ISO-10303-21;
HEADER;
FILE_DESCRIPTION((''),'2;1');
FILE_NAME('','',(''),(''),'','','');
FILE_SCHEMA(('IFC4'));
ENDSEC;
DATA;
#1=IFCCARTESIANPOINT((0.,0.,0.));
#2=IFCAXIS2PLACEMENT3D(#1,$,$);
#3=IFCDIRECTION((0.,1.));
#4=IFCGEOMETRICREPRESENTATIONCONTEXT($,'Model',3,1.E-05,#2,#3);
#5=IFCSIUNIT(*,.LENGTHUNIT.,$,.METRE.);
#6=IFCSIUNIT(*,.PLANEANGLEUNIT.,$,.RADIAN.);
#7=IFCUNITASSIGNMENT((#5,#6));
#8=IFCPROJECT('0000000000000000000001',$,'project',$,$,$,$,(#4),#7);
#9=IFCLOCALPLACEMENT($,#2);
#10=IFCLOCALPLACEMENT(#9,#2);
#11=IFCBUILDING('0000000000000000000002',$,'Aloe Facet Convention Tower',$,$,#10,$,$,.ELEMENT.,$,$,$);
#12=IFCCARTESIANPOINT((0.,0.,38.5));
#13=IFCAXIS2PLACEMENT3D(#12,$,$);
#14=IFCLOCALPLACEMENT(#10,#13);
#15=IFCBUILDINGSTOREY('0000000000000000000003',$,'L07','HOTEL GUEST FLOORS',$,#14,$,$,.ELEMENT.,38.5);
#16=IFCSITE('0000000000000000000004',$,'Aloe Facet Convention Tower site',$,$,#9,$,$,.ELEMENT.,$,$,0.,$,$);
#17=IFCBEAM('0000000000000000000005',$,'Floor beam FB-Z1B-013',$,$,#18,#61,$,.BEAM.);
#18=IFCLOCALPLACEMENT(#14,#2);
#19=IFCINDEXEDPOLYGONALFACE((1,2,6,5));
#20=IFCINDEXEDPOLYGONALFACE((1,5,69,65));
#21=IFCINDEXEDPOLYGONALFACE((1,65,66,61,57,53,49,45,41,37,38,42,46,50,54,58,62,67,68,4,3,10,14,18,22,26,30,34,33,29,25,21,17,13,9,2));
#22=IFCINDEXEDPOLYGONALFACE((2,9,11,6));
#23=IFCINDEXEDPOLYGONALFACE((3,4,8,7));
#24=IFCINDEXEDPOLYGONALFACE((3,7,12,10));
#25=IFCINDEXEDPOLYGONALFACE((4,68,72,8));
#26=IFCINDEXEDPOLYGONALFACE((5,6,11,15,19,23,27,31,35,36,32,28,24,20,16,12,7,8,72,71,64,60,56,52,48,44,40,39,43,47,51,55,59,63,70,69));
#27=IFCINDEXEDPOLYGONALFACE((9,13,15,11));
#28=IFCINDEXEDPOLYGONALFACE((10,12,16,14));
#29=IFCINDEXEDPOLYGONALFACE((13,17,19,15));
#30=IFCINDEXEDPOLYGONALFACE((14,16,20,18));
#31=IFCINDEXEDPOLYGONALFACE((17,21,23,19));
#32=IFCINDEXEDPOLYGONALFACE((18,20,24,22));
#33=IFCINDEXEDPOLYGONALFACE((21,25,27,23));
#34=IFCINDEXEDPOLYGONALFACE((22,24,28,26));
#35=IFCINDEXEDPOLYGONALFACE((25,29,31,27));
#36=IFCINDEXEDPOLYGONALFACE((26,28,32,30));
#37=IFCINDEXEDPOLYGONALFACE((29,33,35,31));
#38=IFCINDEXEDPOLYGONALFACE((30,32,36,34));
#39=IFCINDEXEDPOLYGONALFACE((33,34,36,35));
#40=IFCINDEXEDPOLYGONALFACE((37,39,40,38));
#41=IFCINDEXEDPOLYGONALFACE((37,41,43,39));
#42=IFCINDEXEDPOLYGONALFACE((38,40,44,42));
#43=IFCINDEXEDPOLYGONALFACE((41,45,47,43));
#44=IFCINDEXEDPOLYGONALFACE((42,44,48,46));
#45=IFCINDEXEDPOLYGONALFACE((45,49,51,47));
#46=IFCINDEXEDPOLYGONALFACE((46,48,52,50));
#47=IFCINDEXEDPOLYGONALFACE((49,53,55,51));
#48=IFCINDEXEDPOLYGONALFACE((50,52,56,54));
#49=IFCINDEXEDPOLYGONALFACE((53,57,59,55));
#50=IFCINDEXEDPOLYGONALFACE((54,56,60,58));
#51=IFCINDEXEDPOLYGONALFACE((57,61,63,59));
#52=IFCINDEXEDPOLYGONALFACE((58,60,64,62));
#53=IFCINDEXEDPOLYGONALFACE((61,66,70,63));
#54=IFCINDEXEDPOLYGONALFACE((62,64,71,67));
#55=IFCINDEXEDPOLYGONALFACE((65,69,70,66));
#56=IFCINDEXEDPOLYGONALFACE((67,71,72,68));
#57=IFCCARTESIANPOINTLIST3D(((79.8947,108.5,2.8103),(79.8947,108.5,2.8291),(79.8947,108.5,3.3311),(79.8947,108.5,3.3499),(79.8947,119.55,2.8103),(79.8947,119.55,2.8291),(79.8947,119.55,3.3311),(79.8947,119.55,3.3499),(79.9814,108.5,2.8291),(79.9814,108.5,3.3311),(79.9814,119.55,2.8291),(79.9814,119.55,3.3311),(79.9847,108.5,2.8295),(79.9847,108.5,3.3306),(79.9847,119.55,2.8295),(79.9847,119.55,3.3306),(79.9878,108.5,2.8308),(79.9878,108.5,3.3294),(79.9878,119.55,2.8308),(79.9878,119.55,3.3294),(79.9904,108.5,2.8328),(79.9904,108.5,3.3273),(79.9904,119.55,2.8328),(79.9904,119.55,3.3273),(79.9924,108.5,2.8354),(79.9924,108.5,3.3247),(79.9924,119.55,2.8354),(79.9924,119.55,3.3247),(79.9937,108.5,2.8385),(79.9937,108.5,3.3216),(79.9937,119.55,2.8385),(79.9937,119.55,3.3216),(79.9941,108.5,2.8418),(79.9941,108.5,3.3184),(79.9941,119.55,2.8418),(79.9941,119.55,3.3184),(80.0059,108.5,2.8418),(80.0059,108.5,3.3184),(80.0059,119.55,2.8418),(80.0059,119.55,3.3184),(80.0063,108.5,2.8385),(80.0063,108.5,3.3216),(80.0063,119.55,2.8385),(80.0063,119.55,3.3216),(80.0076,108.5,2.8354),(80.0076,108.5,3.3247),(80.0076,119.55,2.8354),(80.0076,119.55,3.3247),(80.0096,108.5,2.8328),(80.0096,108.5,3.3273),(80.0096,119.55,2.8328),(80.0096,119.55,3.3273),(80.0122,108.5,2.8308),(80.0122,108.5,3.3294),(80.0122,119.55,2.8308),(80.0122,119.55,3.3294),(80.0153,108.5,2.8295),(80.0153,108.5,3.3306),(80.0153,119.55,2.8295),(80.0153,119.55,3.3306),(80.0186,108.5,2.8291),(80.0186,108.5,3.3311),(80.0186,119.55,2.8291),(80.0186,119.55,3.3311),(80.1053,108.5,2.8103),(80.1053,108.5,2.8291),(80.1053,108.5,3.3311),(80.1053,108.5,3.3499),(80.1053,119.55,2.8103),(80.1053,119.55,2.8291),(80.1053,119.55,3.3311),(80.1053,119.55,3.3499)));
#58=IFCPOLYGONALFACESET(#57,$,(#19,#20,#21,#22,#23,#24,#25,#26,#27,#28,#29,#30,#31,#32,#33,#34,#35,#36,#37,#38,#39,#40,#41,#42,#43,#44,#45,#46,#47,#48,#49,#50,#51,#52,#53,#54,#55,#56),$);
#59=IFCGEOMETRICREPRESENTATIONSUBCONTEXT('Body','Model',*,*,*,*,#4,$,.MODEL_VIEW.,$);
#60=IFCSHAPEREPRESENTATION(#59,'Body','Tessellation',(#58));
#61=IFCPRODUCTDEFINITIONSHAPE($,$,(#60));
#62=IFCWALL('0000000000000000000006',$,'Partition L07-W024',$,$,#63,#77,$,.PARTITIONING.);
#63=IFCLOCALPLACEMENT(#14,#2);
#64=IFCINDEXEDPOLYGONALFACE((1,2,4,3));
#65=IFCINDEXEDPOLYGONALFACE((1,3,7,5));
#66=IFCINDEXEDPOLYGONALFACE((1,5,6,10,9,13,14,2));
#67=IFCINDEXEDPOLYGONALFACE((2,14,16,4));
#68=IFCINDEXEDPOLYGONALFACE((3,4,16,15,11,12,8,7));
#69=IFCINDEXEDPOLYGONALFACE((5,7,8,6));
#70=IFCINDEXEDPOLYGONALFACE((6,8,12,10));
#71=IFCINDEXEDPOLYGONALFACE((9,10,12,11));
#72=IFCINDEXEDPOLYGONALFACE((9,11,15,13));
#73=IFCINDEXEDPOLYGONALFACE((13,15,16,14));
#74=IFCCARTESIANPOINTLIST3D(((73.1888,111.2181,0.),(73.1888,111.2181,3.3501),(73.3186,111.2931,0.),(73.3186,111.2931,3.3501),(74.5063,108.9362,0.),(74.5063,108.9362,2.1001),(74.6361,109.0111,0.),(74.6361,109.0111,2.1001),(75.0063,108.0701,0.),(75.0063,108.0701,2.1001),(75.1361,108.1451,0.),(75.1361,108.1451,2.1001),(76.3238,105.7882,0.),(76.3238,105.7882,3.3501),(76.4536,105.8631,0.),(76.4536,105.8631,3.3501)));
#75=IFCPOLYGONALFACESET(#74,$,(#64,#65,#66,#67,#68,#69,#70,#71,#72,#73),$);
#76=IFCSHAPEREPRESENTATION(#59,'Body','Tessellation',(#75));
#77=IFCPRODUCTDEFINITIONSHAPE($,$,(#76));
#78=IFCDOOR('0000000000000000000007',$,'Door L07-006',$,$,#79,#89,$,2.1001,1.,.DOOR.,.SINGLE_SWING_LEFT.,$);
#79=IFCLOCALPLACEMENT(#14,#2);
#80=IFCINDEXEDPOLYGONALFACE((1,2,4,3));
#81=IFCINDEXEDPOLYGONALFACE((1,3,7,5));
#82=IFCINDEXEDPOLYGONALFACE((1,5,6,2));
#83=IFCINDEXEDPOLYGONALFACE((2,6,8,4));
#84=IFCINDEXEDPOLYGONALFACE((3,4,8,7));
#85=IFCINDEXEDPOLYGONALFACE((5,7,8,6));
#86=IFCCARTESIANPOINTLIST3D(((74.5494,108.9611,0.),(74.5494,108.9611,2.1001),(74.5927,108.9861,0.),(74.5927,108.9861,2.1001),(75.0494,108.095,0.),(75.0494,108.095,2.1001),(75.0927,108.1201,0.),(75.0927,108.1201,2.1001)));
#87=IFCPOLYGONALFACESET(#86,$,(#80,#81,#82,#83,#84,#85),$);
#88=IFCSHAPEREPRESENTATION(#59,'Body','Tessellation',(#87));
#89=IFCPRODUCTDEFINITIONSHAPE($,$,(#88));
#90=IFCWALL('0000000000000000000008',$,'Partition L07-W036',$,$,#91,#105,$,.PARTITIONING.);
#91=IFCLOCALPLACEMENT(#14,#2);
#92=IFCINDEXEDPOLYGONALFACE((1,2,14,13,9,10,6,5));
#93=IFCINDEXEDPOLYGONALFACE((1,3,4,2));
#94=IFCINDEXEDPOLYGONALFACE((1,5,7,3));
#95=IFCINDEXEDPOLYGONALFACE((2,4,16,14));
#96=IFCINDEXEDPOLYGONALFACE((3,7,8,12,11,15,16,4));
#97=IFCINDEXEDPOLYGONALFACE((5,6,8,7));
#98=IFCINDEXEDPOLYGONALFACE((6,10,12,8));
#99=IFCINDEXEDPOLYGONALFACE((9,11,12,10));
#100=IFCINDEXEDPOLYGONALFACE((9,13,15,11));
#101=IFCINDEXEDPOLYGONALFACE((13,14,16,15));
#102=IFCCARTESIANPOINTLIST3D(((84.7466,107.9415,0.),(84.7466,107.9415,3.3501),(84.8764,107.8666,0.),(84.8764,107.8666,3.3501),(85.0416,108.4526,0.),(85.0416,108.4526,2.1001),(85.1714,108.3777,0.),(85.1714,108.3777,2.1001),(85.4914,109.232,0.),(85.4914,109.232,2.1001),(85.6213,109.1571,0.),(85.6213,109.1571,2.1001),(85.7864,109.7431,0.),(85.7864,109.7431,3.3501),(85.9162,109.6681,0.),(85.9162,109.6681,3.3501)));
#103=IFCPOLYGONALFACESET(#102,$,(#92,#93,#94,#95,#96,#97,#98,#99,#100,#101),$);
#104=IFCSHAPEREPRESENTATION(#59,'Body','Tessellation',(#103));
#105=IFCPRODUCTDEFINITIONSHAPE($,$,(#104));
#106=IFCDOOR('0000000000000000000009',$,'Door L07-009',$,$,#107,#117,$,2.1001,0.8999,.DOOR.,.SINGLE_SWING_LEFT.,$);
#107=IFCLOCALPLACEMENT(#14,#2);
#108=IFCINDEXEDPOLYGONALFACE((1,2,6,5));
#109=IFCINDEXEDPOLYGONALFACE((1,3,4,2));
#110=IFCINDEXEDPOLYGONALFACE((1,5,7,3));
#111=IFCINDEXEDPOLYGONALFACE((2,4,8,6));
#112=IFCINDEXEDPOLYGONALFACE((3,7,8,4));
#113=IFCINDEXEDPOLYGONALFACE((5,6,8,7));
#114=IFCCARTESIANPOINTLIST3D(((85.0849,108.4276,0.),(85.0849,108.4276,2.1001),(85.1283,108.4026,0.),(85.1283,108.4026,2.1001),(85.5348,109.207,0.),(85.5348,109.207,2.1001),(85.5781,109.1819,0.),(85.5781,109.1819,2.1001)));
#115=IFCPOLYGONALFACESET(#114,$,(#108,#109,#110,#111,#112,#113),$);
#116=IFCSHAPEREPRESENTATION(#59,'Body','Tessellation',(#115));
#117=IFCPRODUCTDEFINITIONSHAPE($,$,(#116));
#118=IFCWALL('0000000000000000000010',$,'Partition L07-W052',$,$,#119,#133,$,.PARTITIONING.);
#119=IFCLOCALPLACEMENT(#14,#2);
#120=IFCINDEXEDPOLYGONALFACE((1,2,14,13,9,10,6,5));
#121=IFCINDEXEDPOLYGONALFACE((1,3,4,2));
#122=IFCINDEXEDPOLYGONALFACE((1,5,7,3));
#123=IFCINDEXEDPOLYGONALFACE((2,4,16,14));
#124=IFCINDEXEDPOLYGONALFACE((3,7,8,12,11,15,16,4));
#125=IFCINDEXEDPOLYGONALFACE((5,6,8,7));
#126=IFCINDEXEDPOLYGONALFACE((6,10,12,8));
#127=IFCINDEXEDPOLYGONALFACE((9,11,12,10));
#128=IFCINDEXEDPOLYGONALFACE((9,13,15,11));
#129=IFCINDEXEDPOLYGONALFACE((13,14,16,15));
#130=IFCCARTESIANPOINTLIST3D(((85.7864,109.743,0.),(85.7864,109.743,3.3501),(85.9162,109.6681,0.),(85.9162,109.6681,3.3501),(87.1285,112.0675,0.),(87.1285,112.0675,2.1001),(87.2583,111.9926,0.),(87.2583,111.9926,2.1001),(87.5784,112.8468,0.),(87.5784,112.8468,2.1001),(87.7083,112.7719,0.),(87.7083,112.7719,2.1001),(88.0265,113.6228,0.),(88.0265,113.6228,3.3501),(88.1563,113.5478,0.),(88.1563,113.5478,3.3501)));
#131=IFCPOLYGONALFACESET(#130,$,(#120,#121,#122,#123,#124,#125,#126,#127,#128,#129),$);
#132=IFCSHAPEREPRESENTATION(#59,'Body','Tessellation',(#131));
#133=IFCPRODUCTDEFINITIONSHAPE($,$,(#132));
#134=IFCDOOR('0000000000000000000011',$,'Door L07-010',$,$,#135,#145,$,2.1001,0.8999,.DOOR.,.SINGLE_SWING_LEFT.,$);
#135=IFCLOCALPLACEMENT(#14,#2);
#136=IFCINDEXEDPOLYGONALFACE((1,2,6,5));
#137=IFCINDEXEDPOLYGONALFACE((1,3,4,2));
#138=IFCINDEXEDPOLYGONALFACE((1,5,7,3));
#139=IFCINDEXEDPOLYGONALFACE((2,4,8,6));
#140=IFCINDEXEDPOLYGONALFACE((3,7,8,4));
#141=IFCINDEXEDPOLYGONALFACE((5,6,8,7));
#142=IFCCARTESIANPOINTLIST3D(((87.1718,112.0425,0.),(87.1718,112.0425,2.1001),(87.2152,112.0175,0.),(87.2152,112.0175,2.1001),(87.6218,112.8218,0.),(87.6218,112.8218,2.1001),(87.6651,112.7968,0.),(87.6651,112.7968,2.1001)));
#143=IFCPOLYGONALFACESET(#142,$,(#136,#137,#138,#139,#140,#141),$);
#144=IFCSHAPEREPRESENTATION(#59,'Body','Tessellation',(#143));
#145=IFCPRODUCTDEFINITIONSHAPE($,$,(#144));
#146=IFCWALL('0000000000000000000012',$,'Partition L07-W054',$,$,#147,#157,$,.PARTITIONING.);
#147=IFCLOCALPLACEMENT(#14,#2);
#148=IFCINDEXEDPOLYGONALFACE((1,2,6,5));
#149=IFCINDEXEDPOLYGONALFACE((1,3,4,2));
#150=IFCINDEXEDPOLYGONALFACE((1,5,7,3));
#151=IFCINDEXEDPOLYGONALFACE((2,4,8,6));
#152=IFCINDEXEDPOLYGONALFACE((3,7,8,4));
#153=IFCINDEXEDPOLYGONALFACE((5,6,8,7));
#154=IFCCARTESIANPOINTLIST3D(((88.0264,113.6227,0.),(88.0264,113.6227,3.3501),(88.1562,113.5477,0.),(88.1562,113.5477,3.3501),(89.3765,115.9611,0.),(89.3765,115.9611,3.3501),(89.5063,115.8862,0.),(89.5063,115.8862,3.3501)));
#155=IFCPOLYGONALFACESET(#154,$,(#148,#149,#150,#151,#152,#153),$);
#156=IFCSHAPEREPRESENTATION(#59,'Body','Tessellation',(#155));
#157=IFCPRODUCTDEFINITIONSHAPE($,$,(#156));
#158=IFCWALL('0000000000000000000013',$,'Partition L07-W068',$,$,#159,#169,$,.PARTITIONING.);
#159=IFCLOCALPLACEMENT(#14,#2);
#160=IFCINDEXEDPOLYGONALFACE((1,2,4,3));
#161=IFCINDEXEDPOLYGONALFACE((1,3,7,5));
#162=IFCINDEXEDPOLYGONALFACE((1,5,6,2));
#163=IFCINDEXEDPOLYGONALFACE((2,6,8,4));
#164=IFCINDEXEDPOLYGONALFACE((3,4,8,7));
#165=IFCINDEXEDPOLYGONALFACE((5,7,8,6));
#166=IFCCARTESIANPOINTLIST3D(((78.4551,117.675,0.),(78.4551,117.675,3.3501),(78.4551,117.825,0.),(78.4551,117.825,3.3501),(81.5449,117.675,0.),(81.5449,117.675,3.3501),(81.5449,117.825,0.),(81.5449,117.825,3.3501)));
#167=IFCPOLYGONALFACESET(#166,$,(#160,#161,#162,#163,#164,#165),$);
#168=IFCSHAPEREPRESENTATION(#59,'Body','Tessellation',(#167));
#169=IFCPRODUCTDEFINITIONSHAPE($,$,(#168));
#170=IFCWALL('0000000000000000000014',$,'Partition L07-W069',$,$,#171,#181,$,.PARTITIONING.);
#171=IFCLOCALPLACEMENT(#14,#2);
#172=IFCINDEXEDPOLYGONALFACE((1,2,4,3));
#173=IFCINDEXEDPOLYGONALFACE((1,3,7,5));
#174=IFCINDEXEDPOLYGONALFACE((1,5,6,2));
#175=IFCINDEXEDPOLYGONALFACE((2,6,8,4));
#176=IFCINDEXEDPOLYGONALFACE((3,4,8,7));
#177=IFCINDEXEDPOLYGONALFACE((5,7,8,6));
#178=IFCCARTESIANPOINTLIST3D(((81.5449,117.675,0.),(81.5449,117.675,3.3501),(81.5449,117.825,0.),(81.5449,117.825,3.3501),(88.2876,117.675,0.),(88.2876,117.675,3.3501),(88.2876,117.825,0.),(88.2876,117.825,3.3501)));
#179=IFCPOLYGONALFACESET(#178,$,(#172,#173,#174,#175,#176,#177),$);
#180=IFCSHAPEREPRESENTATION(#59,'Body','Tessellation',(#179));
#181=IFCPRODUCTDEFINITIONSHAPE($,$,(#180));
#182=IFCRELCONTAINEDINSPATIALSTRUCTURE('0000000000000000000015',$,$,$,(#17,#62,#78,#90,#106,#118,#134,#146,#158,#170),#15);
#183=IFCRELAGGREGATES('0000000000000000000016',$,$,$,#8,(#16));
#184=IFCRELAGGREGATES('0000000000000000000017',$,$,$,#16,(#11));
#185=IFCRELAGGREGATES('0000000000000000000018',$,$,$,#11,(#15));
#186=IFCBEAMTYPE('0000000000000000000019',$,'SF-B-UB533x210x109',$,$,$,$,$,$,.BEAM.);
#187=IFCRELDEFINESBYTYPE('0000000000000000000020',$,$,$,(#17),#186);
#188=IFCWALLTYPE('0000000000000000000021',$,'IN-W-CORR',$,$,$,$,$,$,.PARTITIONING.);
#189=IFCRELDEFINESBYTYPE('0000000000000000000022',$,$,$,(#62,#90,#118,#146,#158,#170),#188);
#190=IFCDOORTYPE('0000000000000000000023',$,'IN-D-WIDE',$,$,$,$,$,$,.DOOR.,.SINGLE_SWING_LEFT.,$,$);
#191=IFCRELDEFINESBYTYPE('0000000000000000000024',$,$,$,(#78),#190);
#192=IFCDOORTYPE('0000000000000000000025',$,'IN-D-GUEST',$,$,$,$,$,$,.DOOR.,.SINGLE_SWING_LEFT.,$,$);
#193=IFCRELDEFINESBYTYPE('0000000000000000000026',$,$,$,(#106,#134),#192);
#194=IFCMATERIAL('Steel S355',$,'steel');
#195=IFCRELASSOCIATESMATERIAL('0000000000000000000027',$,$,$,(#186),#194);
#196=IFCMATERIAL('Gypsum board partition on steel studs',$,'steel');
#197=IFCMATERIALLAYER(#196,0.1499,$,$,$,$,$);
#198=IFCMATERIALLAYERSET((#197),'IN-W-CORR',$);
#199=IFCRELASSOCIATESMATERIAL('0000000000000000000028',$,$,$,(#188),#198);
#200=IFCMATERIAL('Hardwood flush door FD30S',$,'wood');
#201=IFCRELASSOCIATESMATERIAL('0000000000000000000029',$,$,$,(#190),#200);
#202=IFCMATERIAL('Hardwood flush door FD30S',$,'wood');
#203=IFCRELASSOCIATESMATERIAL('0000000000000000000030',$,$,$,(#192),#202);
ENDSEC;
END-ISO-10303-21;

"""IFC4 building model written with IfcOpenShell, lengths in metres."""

from ifc_helpers import new_model, si_unit, direction, frame, frame_2d, origin, origin_2d, place, context, subcontext, project, spatial, rectangle, i_section, extrude, material, layer, layer_set, material_profile, profile_set, type_object, element, fill, save


model = new_model("IFC4")

# Units and contexts
model_context = context("Model", 3, precision=1e-05, world=origin(), true_north=direction((0.0, 1.0)))
body_context = subcontext(model_context, "Body", "Model", "MODEL_VIEW")
ifc_project = project(units=[si_unit("LENGTHUNIT", "METRE"), si_unit("PLANEANGLEUNIT", "RADIAN")], contexts=[model_context])

# Site, building, storey
site_placement = place(None, origin())
site = spatial("IfcSite", under=ifc_project, at=site_placement, Name="Aloe Facet Convention Tower site", CompositionType="ELEMENT", RefElevation=0.0)
building_placement = place(site_placement, origin())
building = spatial("IfcBuilding", under=site, at=building_placement, Name="Aloe Facet Convention Tower", CompositionType="ELEMENT")
storey_placement = place(building_placement, frame((0.0, 0.0, 38.5)))
storey = spatial("IfcBuildingStorey", under=building, at=storey_placement, Name="L07", Description="HOTEL GUEST FLOORS", CompositionType="ELEMENT", Elevation=38.5)

# Beam
ifc_material_1 = material(Name="Steel S355", Category="steel")
ifc_material_profile_1 = material_profile(ifc_material_1, i_section(OverallWidth=0.2107, OverallDepth=0.5396, WebThickness=0.0117, FlangeThickness=0.0188, FilletRadius=0.0127, at=origin_2d()), Name="UB 533x210x109")
ifc_profile_set_1 = profile_set([ifc_material_profile_1], Name="Steel S355")
beam_type_1 = type_object("IfcBeamType", Name="SF-B-UB533x210x109", PredefinedType="BEAM", material=ifc_profile_set_1)
beam_placement = place(storey_placement, frame((80.0, 119.55, 3.0801), z_axis=(0.0, -1.0, 0.0), x_axis=(1.0, 0.0, 0.0)))
element("IfcBeam", 1, at=beam_placement, inside=storey, type_object=beam_type_1, Name="Floor beam FB-Z1B-013", PredefinedType="BEAM", context=body_context, shape_type="SweptSolid", body=[
    extrude(i_section(OverallWidth=0.2107, OverallDepth=0.5396, WebThickness=0.0117, FlangeThickness=0.0188, FilletRadius=0.0127, at=origin_2d()), origin(), (0.0, 0.0, 1.0), 11.05),
])

# Walls, openings, doors
ifc_material_2 = material(Name="Gypsum board partition on steel studs", Category="steel")
ifc_layer_1 = layer(ifc_material_2, 0.1499)
ifc_layer_set_1 = layer_set([ifc_layer_1], Name="IN-W-CORR")
wall_type_1 = type_object("IfcWallType", Name="IN-W-CORR", PredefinedType="PARTITIONING", material=ifc_layer_set_1)
wall_1_placement = place(storey_placement, frame((73.2537, 111.2556, 0.0), z_axis=(0.0, 0.0, 1.0), x_axis=(0.500004, -0.866023, 0.0)))
wall_1 = element("IfcWall", 2, at=wall_1_placement, inside=storey, type_object=wall_type_1, Name="Partition L07-W024", PredefinedType="PARTITIONING", context=body_context, shape_type="SweptSolid", body=[
    extrude(rectangle(XDim=6.27, YDim=0.1499, at=frame_2d((3.135, 0.0))), origin(), (0.0, 0.0, 1.0), 3.3501),
])
opening_1_placement = place(wall_1_placement, frame((2.635, 0.0, 0.0)))
opening_1 = element("IfcOpeningElement", 3, at=opening_1_placement, cuts=wall_1, PredefinedType="OPENING", context=body_context, shape_type="SweptSolid", body=[
    extrude(rectangle(XDim=1.0, YDim=2.1001, at=frame_2d((0.5, 1.05))), frame((0.0, 0.085, 0.0), z_axis=(0.0, -1.0, 0.0), x_axis=(1.0, 0.0, 0.0)), (0.0, 0.0, 1.0), 0.1699),
])
ifc_material_3 = material(Name="Hardwood flush door FD30S", Category="wood")
door_type_1 = type_object("IfcDoorType", Name="IN-D-WIDE", OperationType="SINGLE_SWING_LEFT", PredefinedType="DOOR", material=ifc_material_3)
door_1_placement = place(opening_1_placement, origin())
door_1 = element("IfcDoor", 4, at=door_1_placement, inside=storey, type_object=door_type_1, Name="Door L07-006", OperationType="SINGLE_SWING_LEFT", OverallHeight=2.1001, OverallWidth=1.0, PredefinedType="DOOR", context=body_context, shape_type="SweptSolid", body=[
    extrude(rectangle(XDim=1.0, YDim=2.1001, at=frame_2d((0.5, 1.05))), frame((0.0, 0.0249, 0.0), z_axis=(0.0, -1.0, 0.0), x_axis=(1.0, 0.0, 0.0)), (0.0, 0.0, 1.0), 0.05),
])
fill(opening_1, door_1)
wall_2_placement = place(storey_placement, frame((84.8115, 107.9041, 0.0), z_axis=(0.0, 0.0, 1.0), x_axis=(0.499888, 0.86609, 0.0)))
wall_2 = element("IfcWall", 5, at=wall_2_placement, inside=storey, type_object=wall_type_1, Name="Partition L07-W036", PredefinedType="PARTITIONING", context=body_context, shape_type="SweptSolid", body=[
    extrude(rectangle(XDim=2.0801, YDim=0.1499, at=frame_2d((1.04, 0.0))), origin(), (0.0, 0.0, 1.0), 3.3501),
])
opening_2_placement = place(wall_2_placement, frame((0.5901, 0.0, 0.0)))
opening_2 = element("IfcOpeningElement", 6, at=opening_2_placement, cuts=wall_2, PredefinedType="OPENING", context=body_context, shape_type="SweptSolid", body=[
    extrude(rectangle(XDim=0.8999, YDim=2.1001, at=frame_2d((0.45, 1.05))), frame((0.0, 0.085, 0.0), z_axis=(0.0, -1.0, 0.0), x_axis=(1.0, 0.0, 0.0)), (0.0, 0.0, 1.0), 0.1699),
])
ifc_material_4 = material(Name="Hardwood flush door FD30S", Category="wood")
door_type_2 = type_object("IfcDoorType", Name="IN-D-GUEST", OperationType="SINGLE_SWING_LEFT", PredefinedType="DOOR", material=ifc_material_4)
door_2_placement = place(opening_2_placement, origin())
door_2 = element("IfcDoor", 7, at=door_2_placement, inside=storey, type_object=door_type_2, Name="Door L07-009", OperationType="SINGLE_SWING_LEFT", OverallHeight=2.1001, OverallWidth=0.8999, PredefinedType="DOOR", context=body_context, shape_type="SweptSolid", body=[
    extrude(rectangle(XDim=0.8999, YDim=2.1001, at=frame_2d((0.45, 1.05))), frame((0.0, 0.0249, 0.0), z_axis=(0.0, -1.0, 0.0), x_axis=(1.0, 0.0, 0.0)), (0.0, 0.0, 1.0), 0.05),
])
fill(opening_2, door_2)
wall_3_placement = place(storey_placement, frame((85.8513, 109.7056, 0.0), z_axis=(0.0, 0.0, 1.0), x_axis=(0.500013, 0.866018, 0.0)))
wall_3 = element("IfcWall", 8, at=wall_3_placement, inside=storey, type_object=wall_type_1, Name="Partition L07-W052", PredefinedType="PARTITIONING", context=body_context, shape_type="SweptSolid", body=[
    extrude(rectangle(XDim=4.48, YDim=0.1499, at=frame_2d((2.24, 0.0))), origin(), (0.0, 0.0, 1.0), 3.3501),
])
opening_3_placement = place(wall_3_placement, frame((2.6841, 0.0, 0.0)))
opening_3 = element("IfcOpeningElement", 9, at=opening_3_placement, cuts=wall_3, PredefinedType="OPENING", context=body_context, shape_type="SweptSolid", body=[
    extrude(rectangle(XDim=0.8999, YDim=2.1001, at=frame_2d((0.45, 1.05))), frame((0.0, 0.085, 0.0), z_axis=(0.0, -1.0, 0.0), x_axis=(1.0, 0.0, 0.0)), (0.0, 0.0, 1.0), 0.1699),
])
door_3_placement = place(opening_3_placement, origin())
door_3 = element("IfcDoor", 10, at=door_3_placement, inside=storey, type_object=door_type_2, Name="Door L07-010", OperationType="SINGLE_SWING_LEFT", OverallHeight=2.1001, OverallWidth=0.8999, PredefinedType="DOOR", context=body_context, shape_type="SweptSolid", body=[
    extrude(rectangle(XDim=0.8999, YDim=2.1001, at=frame_2d((0.45, 1.05))), frame((0.0, 0.0249, 0.0), z_axis=(0.0, -1.0, 0.0), x_axis=(1.0, 0.0, 0.0)), (0.0, 0.0, 1.0), 0.05),
])
fill(opening_3, door_3)

# Walls
wall_4_placement = place(storey_placement, frame((88.0913, 113.5852, 0.0), z_axis=(0.0, 0.0, 1.0), x_axis=(0.500009, 0.86602, 0.0)))
element("IfcWall", 11, at=wall_4_placement, inside=storey, type_object=wall_type_1, Name="Partition L07-W054", PredefinedType="PARTITIONING", context=body_context, shape_type="SweptSolid", body=[
    extrude(rectangle(XDim=2.7002, YDim=0.1499, at=frame_2d((1.3501, 0.0))), origin(), (0.0, 0.0, 1.0), 3.3501),
])
wall_5_placement = place(storey_placement, frame((78.4551, 117.75, 0.0), z_axis=(0.0, 0.0, 1.0), x_axis=(1.0, 0.0, 0.0)))
element("IfcWall", 12, at=wall_5_placement, inside=storey, type_object=wall_type_1, Name="Partition L07-W068", PredefinedType="PARTITIONING", context=body_context, shape_type="SweptSolid", body=[
    extrude(rectangle(XDim=3.0898, YDim=0.1499, at=frame_2d((1.5449, 0.0))), origin(), (0.0, 0.0, 1.0), 3.3501),
])
wall_6_placement = place(storey_placement, frame((81.5449, 117.75, 0.0), z_axis=(0.0, 0.0, 1.0), x_axis=(1.0, 0.0, 0.0)))
element("IfcWall", 13, at=wall_6_placement, inside=storey, type_object=wall_type_1, Name="Partition L07-W069", PredefinedType="PARTITIONING", context=body_context, shape_type="SweptSolid", body=[
    extrude(rectangle(XDim=6.7427, YDim=0.1499, at=frame_2d((3.3713, 0.0))), origin(), (0.0, 0.0, 1.0), 3.3501),
])

save(model, "model.ifc")
